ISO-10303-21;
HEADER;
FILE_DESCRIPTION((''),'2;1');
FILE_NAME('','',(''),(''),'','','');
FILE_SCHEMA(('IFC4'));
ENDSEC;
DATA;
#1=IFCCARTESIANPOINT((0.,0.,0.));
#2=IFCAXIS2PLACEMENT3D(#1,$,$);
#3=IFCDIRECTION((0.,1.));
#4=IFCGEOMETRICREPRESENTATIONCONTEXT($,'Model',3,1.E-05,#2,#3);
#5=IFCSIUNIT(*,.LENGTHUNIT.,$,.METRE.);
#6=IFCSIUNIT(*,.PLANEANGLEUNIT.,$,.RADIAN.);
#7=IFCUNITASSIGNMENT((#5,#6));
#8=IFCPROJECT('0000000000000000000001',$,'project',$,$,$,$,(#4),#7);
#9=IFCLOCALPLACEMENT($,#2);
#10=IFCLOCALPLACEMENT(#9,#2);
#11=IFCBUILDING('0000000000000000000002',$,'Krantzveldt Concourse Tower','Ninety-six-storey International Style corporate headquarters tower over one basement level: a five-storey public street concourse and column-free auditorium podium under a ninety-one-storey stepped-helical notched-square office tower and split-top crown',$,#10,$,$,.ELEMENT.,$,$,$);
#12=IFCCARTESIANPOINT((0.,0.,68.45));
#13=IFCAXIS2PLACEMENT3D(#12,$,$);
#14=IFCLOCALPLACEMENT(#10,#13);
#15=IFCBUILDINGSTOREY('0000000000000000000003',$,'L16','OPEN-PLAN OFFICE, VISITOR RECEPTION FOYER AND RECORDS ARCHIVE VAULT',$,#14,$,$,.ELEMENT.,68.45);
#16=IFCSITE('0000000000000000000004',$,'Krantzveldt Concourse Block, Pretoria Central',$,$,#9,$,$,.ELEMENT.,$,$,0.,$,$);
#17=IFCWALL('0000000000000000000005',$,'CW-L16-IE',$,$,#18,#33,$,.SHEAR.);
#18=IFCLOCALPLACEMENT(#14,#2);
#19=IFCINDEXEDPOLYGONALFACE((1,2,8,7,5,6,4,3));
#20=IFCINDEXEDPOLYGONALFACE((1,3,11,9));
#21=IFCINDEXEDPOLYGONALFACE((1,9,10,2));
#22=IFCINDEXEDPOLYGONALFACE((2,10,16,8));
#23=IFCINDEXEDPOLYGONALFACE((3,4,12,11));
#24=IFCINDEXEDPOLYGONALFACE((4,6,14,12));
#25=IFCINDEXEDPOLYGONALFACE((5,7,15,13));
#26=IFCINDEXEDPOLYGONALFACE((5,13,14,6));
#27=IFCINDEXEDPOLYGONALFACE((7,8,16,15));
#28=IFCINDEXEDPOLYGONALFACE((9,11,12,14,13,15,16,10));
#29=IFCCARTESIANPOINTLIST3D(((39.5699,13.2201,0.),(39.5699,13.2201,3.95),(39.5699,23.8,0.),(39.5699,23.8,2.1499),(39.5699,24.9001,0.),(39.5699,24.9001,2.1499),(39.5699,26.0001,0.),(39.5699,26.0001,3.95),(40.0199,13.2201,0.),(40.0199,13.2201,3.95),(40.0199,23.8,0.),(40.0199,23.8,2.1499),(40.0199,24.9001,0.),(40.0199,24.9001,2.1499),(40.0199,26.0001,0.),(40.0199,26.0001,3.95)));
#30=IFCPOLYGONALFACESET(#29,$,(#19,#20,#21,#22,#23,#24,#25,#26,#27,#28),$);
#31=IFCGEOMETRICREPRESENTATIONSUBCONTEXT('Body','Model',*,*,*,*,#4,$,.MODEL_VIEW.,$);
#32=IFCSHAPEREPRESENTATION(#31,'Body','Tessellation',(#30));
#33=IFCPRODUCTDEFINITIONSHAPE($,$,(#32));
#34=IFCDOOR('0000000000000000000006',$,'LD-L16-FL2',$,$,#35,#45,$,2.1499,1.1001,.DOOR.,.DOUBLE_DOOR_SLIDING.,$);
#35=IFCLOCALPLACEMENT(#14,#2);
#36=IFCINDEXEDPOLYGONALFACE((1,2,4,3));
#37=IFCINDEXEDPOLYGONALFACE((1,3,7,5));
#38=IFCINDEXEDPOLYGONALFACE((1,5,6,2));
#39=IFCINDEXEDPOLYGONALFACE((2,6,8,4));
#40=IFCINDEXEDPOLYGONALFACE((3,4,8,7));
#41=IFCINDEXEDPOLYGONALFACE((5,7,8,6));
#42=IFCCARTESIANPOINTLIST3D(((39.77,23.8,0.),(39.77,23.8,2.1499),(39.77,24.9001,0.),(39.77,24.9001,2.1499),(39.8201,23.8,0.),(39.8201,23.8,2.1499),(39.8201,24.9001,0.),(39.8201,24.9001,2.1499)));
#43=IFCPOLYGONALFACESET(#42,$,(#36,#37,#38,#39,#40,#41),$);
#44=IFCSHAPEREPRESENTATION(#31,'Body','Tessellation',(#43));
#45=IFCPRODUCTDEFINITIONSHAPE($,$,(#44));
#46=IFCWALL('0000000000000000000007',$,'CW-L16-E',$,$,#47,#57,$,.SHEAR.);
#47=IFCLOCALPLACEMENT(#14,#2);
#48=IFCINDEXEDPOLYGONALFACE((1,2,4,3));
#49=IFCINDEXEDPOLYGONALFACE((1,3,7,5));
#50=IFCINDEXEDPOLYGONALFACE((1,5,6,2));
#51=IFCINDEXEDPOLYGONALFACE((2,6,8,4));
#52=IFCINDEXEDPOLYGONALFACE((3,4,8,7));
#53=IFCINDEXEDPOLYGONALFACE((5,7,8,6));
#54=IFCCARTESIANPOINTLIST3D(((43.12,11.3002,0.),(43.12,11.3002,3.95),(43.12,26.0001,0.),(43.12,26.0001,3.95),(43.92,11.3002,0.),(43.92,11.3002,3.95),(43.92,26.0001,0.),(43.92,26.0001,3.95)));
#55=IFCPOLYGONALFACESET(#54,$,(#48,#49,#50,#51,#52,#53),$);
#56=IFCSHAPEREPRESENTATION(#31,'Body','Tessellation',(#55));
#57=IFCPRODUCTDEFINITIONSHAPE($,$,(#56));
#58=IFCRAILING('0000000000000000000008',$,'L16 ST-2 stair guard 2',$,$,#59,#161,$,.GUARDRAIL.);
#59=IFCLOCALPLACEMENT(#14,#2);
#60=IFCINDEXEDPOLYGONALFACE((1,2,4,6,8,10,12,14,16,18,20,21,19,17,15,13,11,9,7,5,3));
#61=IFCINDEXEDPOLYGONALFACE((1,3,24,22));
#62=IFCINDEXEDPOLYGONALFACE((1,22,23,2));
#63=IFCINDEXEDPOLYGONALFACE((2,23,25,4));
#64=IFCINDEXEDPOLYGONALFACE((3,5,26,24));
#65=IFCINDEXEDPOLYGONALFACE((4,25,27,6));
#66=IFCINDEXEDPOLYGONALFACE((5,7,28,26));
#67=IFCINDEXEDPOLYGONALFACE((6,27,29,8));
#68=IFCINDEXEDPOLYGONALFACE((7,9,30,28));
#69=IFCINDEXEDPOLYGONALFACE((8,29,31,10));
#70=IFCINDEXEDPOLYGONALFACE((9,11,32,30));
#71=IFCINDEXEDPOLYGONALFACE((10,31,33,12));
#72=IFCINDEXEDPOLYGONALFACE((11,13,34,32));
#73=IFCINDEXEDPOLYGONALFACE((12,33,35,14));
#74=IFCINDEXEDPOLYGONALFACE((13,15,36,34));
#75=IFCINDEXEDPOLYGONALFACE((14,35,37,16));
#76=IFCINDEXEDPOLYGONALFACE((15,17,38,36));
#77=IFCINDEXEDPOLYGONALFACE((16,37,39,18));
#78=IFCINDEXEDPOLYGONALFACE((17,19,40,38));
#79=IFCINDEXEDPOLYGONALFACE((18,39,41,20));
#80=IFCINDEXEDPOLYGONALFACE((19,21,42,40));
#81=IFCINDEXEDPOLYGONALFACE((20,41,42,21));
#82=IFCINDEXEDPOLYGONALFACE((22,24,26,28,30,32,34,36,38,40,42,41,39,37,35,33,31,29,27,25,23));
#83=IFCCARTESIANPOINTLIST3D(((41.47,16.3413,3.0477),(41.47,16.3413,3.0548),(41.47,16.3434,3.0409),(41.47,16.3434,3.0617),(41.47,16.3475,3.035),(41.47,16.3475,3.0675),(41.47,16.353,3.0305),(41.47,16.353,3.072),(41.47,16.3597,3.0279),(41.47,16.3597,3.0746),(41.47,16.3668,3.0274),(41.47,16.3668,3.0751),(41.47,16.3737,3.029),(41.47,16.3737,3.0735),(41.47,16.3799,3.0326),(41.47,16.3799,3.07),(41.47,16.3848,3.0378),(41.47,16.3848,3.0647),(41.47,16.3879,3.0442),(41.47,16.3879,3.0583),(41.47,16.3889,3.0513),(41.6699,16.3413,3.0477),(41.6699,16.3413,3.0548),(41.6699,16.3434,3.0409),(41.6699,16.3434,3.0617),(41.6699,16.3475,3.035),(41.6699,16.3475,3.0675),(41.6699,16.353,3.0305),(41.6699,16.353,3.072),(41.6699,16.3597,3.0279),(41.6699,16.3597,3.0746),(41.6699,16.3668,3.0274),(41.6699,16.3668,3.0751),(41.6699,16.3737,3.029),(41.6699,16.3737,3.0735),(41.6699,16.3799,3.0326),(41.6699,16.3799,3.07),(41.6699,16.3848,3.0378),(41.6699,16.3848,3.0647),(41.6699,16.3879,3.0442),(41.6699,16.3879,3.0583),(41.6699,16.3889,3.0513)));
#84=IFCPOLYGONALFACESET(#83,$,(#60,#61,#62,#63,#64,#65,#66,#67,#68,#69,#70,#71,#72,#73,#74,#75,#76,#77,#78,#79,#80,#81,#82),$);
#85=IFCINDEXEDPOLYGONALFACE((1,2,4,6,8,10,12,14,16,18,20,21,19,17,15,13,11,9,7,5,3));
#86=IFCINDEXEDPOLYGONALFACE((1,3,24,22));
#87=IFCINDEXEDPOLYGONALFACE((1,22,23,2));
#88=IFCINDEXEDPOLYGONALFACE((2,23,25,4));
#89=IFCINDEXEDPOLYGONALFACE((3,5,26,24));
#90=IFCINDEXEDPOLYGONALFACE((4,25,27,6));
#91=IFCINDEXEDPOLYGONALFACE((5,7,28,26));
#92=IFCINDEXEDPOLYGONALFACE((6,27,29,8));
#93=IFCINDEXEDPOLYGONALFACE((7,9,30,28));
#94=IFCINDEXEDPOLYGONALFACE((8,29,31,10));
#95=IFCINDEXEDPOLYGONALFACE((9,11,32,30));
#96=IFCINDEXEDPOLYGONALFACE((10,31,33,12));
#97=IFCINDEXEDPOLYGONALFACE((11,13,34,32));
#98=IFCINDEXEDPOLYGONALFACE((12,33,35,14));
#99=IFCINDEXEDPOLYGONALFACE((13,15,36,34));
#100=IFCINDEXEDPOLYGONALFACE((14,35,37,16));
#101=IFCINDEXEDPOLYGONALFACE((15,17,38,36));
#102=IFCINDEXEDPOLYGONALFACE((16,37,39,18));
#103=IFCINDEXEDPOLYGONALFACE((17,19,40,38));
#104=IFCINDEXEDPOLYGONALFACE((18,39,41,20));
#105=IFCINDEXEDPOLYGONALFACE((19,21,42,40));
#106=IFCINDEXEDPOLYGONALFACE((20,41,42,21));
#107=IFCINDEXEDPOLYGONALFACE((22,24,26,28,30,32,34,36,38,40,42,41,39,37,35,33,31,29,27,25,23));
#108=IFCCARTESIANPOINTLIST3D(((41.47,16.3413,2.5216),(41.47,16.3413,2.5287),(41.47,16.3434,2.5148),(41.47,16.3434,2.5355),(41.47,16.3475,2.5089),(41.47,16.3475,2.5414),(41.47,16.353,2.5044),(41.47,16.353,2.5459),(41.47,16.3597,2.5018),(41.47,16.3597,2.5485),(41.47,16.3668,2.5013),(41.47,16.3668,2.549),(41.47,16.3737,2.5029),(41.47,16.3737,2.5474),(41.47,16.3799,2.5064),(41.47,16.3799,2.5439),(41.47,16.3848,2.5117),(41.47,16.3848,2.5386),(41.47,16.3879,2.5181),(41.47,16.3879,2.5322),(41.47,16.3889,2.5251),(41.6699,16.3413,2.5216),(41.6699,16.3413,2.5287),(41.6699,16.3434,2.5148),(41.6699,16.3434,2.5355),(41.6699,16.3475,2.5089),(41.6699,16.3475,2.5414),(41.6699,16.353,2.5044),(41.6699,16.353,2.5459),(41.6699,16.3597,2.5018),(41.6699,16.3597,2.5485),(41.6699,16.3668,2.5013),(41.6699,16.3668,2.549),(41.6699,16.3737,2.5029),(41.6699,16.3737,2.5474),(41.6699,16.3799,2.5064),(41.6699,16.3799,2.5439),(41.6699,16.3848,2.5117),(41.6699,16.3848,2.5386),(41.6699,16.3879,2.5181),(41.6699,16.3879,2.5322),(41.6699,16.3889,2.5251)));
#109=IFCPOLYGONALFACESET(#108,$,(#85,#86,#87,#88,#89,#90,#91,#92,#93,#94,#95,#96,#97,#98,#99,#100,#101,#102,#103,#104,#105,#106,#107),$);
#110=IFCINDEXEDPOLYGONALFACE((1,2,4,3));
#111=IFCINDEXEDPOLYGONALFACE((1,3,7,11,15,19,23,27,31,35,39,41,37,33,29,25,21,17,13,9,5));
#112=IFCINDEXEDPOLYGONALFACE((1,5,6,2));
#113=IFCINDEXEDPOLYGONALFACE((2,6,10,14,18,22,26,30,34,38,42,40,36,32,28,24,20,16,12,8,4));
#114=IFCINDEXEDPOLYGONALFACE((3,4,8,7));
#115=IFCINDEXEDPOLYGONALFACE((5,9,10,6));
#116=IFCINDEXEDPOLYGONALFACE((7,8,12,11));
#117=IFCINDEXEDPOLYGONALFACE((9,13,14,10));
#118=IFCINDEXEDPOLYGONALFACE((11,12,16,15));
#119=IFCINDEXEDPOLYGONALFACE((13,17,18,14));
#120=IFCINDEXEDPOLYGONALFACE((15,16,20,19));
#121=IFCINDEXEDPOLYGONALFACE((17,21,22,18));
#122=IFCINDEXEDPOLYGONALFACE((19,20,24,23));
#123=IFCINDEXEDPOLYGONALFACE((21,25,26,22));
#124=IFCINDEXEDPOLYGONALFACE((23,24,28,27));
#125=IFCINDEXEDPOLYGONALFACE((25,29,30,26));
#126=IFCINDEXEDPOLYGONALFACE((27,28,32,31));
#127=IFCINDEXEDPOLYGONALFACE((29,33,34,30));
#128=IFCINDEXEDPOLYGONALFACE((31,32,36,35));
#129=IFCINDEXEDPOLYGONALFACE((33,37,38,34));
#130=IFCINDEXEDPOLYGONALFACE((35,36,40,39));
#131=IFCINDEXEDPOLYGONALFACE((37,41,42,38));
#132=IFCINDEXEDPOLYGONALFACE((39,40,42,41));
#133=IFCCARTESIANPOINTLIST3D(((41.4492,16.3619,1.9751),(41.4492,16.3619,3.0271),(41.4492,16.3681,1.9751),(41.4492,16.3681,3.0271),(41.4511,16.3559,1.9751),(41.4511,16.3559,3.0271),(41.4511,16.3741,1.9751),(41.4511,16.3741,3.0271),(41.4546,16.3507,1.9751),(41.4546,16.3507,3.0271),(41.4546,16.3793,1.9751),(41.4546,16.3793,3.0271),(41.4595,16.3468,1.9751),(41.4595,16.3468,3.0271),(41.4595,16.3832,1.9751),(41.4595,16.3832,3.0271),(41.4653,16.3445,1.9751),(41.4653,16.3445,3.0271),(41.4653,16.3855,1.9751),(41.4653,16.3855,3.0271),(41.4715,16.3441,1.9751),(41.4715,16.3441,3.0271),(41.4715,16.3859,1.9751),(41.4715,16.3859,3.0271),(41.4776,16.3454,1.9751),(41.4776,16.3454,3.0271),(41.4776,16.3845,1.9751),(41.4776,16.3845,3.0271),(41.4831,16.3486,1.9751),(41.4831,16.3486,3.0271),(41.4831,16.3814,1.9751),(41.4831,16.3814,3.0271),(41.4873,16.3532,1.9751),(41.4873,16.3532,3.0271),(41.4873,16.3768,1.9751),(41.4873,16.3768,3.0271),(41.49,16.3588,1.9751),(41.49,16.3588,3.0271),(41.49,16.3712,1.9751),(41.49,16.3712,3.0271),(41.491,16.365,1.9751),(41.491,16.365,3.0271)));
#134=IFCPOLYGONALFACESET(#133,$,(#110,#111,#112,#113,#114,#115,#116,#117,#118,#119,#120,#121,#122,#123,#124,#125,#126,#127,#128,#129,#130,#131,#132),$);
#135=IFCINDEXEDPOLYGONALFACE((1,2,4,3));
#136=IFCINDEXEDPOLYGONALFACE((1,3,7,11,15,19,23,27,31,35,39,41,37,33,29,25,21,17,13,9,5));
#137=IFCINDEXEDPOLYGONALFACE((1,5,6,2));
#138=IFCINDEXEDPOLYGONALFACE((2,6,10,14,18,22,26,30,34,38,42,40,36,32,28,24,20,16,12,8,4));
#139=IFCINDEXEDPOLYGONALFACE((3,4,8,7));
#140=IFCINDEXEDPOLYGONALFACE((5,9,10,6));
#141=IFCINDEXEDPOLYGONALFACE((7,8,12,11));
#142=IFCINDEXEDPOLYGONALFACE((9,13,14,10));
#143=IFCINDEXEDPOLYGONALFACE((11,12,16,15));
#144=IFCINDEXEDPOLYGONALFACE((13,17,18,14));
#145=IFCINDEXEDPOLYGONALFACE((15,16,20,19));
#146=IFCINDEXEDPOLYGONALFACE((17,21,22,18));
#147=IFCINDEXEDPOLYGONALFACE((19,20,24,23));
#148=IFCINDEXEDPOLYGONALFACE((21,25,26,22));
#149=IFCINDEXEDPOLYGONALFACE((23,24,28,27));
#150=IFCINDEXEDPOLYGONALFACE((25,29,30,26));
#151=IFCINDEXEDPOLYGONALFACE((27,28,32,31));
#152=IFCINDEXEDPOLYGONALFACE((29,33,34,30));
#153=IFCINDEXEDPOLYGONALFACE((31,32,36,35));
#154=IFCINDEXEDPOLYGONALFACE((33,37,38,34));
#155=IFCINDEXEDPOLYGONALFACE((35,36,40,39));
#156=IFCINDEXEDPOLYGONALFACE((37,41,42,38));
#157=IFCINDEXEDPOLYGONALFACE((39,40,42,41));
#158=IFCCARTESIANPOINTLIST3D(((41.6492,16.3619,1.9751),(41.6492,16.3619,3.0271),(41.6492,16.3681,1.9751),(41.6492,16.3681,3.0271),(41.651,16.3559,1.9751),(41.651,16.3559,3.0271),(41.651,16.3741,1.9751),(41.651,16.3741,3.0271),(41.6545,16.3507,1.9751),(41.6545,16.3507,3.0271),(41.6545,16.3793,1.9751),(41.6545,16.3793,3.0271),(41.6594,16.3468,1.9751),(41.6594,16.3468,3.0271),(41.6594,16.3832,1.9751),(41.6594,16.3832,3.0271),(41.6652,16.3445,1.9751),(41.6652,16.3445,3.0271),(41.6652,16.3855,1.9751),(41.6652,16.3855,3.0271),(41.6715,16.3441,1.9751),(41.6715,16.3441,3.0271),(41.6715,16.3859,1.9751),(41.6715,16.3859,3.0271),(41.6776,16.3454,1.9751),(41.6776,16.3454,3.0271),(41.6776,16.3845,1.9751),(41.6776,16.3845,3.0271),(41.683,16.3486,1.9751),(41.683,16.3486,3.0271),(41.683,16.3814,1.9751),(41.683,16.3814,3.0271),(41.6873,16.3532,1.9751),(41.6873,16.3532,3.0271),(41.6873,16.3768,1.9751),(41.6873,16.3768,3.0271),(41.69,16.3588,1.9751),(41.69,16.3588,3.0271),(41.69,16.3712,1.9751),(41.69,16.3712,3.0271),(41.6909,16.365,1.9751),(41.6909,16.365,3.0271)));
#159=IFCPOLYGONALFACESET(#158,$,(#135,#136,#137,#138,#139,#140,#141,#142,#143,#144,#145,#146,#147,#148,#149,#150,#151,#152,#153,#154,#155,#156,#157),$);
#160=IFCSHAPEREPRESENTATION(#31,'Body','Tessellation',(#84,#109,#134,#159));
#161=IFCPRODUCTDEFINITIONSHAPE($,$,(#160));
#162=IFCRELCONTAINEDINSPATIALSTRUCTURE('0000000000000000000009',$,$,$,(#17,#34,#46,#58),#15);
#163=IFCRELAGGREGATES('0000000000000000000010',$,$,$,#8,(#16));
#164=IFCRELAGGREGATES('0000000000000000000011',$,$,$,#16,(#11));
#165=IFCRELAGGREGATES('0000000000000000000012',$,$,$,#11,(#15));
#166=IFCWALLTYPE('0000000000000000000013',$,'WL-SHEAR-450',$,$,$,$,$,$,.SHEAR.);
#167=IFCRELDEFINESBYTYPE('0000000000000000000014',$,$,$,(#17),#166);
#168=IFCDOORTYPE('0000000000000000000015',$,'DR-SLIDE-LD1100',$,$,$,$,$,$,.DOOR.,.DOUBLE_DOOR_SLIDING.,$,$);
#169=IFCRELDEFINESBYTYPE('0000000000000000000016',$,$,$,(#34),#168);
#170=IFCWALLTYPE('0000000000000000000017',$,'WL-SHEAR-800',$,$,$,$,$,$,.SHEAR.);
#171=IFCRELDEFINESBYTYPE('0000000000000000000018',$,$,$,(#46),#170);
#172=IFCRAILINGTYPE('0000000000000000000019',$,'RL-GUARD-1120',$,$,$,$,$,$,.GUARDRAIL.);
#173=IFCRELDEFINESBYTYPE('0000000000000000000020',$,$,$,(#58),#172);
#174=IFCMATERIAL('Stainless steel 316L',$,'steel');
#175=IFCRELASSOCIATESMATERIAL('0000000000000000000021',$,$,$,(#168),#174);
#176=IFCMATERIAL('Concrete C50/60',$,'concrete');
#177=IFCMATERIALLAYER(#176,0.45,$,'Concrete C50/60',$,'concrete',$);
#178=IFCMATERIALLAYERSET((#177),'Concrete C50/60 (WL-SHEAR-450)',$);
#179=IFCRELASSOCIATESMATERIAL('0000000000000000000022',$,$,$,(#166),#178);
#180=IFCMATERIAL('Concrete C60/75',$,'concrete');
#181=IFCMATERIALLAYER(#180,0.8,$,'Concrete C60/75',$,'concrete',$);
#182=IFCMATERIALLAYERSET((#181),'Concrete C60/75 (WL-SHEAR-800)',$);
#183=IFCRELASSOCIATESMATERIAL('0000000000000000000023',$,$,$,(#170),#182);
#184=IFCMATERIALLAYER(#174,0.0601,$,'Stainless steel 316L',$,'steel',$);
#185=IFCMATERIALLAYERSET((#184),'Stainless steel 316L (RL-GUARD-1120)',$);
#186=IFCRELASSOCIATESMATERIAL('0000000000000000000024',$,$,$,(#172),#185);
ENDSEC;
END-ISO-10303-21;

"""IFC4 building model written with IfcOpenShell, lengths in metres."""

from ifc_helpers import new_model, si_unit, direction, frame, frame_2d, origin, origin_2d, place, context, subcontext, project, spatial, rectangle, circle, extrude, material, layer, layer_set, type_object, element, fill, save


model = new_model("IFC4")

# Units and contexts
model_context = context("Model", 3, precision=1e-05, world=origin(), true_north=direction((0.0, 1.0)))
body_context = subcontext(model_context, "Body", "Model", "MODEL_VIEW")
ifc_project = project(units=[si_unit("LENGTHUNIT", "METRE"), si_unit("PLANEANGLEUNIT", "RADIAN")], contexts=[model_context])

# Site, building, storey
site_placement = place(None, origin())
site = spatial("IfcSite", under=ifc_project, at=site_placement, Name="Krantzveldt Concourse Block, Pretoria Central", CompositionType="ELEMENT", RefElevation=0.0)
building_placement = place(site_placement, origin())
building = spatial("IfcBuilding", under=site, at=building_placement, Name="Krantzveldt Concourse Tower", Description="Ninety-six-storey International Style corporate headquarters tower over one basement level: a five-storey public street concourse and column-free auditorium podium under a ninety-one-storey stepped-helical notched-square office tower and split-top crown", CompositionType="ELEMENT")
storey_placement = place(building_placement, frame((0.0, 0.0, 68.45)))
storey = spatial("IfcBuildingStorey", under=building, at=storey_placement, Name="L16", Description="OPEN-PLAN OFFICE, VISITOR RECEPTION FOYER AND RECORDS ARCHIVE VAULT", CompositionType="ELEMENT", Elevation=68.45)

# Shared definitions
ifc_material_1 = material(Name="Stainless steel 316L", Category="steel")
door_type_1 = type_object("IfcDoorType", Name="DR-SLIDE-LD1100", OperationType="DOUBLE_DOOR_SLIDING", PredefinedType="DOOR", material=ifc_material_1)

# Shared definitions
ifc_material_2 = material(Name="Concrete C50/60", Category="concrete")

# Wall, opening, door
ifc_layer_1 = layer(ifc_material_2, 0.45, Name="Concrete C50/60", Category="concrete")
ifc_layer_set_1 = layer_set([ifc_layer_1], Name="Concrete C50/60 (WL-SHEAR-450)")
wall_type_1 = type_object("IfcWallType", Name="WL-SHEAR-450", PredefinedType="SHEAR", material=ifc_layer_set_1)
wall_1_placement = place(storey_placement, frame((39.7949, 13.22, 0.0), z_axis=(0.0, 0.0, 1.0), x_axis=(0.0, 1.0, 0.0)))
wall_1 = element("IfcWall", 1, at=wall_1_placement, inside=storey, type_object=wall_type_1, Name="CW-L16-IE", PredefinedType="SHEAR", context=body_context, shape_type="SweptSolid", body=[
    extrude(rectangle(XDim=12.78, YDim=0.45, at=frame_2d((6.3901, 0.0))), origin(), (0.0, 0.0, 1.0), 3.95),
])
opening_1_placement = place(wall_1_placement, frame((10.5801, 0.0, 0.0)))
opening_1 = element("IfcOpeningElement", 2, at=opening_1_placement, cuts=wall_1, PredefinedType="OPENING", context=body_context, shape_type="SweptSolid", body=[
    extrude(rectangle(XDim=1.1001, YDim=2.1499, at=frame_2d((0.55, 1.075))), frame((0.0, 0.2349, 0.0), z_axis=(0.0, -1.0, 0.0), x_axis=(1.0, 0.0, 0.0)), (0.0, 0.0, 1.0), 0.47),
])
door_1_placement = place(opening_1_placement, origin())
door_1 = element("IfcDoor", 3, at=door_1_placement, inside=storey, type_object=door_type_1, Name="LD-L16-FL2", OperationType="DOUBLE_DOOR_SLIDING", OverallHeight=2.1499, OverallWidth=1.1001, PredefinedType="DOOR", context=body_context, shape_type="SweptSolid", body=[
    extrude(rectangle(XDim=1.1001, YDim=2.1499, at=frame_2d((0.55, 1.075))), frame((0.0, 0.0249, 0.0), z_axis=(0.0, -1.0, 0.0), x_axis=(1.0, 0.0, 0.0)), (0.0, 0.0, 1.0), 0.05),
])
fill(opening_1, door_1)

# Wall
ifc_material_3 = material(Name="Concrete C60/75", Category="concrete")
ifc_layer_2 = layer(ifc_material_3, 0.8, Name="Concrete C60/75", Category="concrete")
ifc_layer_set_2 = layer_set([ifc_layer_2], Name="Concrete C60/75 (WL-SHEAR-800)")
wall_type_2 = type_object("IfcWallType", Name="WL-SHEAR-800", PredefinedType="SHEAR", material=ifc_layer_set_2)
wall_2_placement = place(storey_placement, frame((43.52, 11.3, 0.0), z_axis=(0.0, 0.0, 1.0), x_axis=(0.0, 1.0, 0.0)))
element("IfcWall", 4, at=wall_2_placement, inside=storey, type_object=wall_type_2, Name="CW-L16-E", PredefinedType="SHEAR", context=body_context, shape_type="SweptSolid", body=[
    extrude(rectangle(XDim=14.7, YDim=0.8, at=frame_2d((7.3501, 0.0))), origin(), (0.0, 0.0, 1.0), 3.95),
])

# Railing
ifc_layer_3 = layer(ifc_material_1, 0.0601, Name="Stainless steel 316L", Category="steel")
ifc_layer_set_3 = layer_set([ifc_layer_3], Name="Stainless steel 316L (RL-GUARD-1120)")
railing_type = type_object("IfcRailingType", Name="RL-GUARD-1120", PredefinedType="GUARDRAIL", material=ifc_layer_set_3)
railing_placement = place(storey_placement, frame((41.47, 16.365, 1.9751)))
element("IfcRailing", 5, at=railing_placement, inside=storey, type_object=railing_type, Name="L16 ST-2 stair guard 2", PredefinedType="GUARDRAIL", context=body_context, shape_type="SweptSolid", body=[
    extrude(circle(Radius=0.0239, at=origin_2d()), frame((0.0, 0.0, 1.0762), z_axis=(1.0, 0.0, 0.0), x_axis=(0.0, 1.0, 0.0)), (0.0, 0.0, 1.0), 0.2),
    extrude(circle(Radius=0.0239, at=origin_2d()), frame((0.0, 0.0, 0.55), z_axis=(1.0, 0.0, 0.0), x_axis=(0.0, 1.0, 0.0)), (0.0, 0.0, 1.0), 0.2),
    extrude(circle(Radius=0.021, at=origin_2d()), origin(), (0.0, 0.0, 1.0), 1.052),
    extrude(circle(Radius=0.021, at=origin_2d()), frame((0.2, 0.0, 0.0)), (0.0, 0.0, 1.0), 1.052),
])

save(model, "model.ifc")
